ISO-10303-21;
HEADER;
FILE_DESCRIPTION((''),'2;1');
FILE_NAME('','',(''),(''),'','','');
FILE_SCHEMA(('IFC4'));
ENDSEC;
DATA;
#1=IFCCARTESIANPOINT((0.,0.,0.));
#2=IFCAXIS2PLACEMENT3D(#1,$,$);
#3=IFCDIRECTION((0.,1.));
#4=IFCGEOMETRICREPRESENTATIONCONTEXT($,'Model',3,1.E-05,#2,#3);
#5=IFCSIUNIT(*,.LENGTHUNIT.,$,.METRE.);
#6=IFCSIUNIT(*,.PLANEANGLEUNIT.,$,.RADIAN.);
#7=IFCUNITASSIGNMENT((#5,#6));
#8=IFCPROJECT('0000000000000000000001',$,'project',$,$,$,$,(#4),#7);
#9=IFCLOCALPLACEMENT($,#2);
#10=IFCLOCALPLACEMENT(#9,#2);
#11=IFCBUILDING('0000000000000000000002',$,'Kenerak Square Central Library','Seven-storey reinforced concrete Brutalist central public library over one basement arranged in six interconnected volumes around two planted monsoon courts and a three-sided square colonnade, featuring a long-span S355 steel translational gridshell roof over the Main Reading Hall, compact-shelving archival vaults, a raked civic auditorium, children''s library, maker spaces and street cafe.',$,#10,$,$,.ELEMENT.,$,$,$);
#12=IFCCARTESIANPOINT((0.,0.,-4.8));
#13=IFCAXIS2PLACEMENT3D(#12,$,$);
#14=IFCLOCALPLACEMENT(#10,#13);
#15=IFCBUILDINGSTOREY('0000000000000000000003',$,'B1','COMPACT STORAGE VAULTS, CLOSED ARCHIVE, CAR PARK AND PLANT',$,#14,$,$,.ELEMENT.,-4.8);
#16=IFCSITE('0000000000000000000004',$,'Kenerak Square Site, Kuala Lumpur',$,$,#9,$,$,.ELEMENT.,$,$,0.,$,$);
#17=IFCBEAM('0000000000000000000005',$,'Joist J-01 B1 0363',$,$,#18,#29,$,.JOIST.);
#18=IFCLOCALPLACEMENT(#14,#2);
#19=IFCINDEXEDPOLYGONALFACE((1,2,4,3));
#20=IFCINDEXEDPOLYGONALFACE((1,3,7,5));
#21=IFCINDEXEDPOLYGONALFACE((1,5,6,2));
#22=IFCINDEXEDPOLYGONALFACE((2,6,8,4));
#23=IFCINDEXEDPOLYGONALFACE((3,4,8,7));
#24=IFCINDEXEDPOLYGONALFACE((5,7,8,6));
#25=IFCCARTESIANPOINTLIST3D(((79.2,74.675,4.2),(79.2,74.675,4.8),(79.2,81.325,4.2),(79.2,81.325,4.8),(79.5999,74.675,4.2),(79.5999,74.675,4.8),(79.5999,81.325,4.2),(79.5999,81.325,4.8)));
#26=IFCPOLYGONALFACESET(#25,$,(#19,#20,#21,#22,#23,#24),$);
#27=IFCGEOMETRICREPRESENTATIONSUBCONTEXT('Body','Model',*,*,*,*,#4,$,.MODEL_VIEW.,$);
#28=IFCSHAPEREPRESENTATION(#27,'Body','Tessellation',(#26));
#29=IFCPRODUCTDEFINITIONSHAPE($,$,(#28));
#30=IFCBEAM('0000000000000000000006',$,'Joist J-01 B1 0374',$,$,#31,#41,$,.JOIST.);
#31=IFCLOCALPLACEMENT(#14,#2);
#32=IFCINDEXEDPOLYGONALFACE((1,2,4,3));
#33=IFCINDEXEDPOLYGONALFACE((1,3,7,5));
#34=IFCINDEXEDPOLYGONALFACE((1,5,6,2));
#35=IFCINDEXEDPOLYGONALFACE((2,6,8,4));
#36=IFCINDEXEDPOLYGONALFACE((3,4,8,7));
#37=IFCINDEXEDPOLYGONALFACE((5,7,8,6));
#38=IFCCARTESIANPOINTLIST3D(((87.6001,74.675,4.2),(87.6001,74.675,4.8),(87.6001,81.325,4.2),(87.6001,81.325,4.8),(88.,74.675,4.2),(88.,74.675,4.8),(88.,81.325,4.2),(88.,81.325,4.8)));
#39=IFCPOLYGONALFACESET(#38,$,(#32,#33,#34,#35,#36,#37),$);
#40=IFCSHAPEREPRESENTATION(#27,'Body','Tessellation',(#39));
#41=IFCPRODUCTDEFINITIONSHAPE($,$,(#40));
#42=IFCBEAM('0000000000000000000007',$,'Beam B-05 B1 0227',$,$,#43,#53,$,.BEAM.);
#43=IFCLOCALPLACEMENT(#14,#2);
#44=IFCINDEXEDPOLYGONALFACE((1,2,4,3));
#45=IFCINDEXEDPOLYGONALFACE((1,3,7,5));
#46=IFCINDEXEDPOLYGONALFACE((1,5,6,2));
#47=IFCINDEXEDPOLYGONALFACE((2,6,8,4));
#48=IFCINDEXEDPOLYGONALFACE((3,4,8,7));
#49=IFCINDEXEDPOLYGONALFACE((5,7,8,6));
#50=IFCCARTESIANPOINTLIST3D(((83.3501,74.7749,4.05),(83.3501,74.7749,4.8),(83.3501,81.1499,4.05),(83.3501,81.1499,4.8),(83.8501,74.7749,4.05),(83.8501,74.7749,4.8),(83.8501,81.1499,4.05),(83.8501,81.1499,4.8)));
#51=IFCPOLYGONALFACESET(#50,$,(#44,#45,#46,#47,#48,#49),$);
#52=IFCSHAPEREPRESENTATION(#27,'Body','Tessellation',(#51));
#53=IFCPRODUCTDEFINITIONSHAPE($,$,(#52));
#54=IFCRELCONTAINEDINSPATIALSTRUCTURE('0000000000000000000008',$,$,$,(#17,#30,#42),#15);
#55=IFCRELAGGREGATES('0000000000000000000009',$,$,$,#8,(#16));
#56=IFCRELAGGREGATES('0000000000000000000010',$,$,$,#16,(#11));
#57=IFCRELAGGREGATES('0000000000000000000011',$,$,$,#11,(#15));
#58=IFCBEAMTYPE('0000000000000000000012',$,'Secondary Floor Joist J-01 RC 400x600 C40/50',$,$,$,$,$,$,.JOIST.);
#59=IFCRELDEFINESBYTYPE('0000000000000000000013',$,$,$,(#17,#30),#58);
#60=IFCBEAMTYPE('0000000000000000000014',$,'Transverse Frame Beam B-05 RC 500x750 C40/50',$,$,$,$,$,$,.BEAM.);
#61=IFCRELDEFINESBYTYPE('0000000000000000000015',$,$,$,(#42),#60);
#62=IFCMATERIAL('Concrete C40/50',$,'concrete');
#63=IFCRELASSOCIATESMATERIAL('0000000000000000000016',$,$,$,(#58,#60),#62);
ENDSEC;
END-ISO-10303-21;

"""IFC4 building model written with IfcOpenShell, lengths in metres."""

from ifc_helpers import new_model, si_unit, direction, frame, origin, origin_2d, place, context, subcontext, project, spatial, rectangle, extrude, material, material_profile, profile_set, type_object, element, save


model = new_model("IFC4")

# Units and contexts
model_context = context("Model", 3, precision=1e-05, world=origin(), true_north=direction((0.0, 1.0)))
body_context = subcontext(model_context, "Body", "Model", "MODEL_VIEW")
ifc_project = project(units=[si_unit("LENGTHUNIT", "METRE"), si_unit("PLANEANGLEUNIT", "RADIAN")], contexts=[model_context])

# Site, building, storey
site_placement = place(None, origin())
site = spatial("IfcSite", under=ifc_project, at=site_placement, Name="Kenerak Square Site, Kuala Lumpur", CompositionType="ELEMENT", RefElevation=0.0)
building_placement = place(site_placement, origin())
building = spatial("IfcBuilding", under=site, at=building_placement, Name="Kenerak Square Central Library", Description="Seven-storey reinforced concrete Brutalist central public library over one basement arranged in six interconnected volumes around two planted monsoon courts and a three-sided square colonnade, featuring a long-span S355 steel translational gridshell roof over the Main Reading Hall, compact-shelving archival vaults, a raked civic auditorium, children's library, maker spaces and street cafe.", CompositionType="ELEMENT")
storey_placement = place(building_placement, frame((0.0, 0.0, -4.8)))
storey = spatial("IfcBuildingStorey", under=building, at=storey_placement, Name="B1", Description="COMPACT STORAGE VAULTS, CLOSED ARCHIVE, CAR PARK AND PLANT", CompositionType="ELEMENT", Elevation=-4.8)

# Shared definitions
ifc_material = material(Name="Concrete C40/50", Category="concrete")

# Beams
ifc_material_profile_1 = material_profile(ifc_material, rectangle(XDim=0.3999, YDim=0.6001, at=origin_2d()), Name="RC 400x600")
ifc_profile_set_1 = profile_set([ifc_material_profile_1], Name="Concrete C40/50")
beam_type_1 = type_object("IfcBeamType", Name="Secondary Floor Joist J-01 RC 400x600 C40/50", PredefinedType="JOIST", material=ifc_profile_set_1)
for number, where, z_axis, x_axis, name in (
    (1, (79.3999, 74.675, 4.5), (0.0, 1.0, 0.0), (-1.0, 0.0, 0.0), "Joist J-01 B1 0363"),
    (2, (87.8, 74.675, 4.5), (0.0, 1.0, 0.0), (-1.0, 0.0, 0.0), "Joist J-01 B1 0374"),
):
    element("IfcBeam", number, at=place(storey_placement, frame(where, z_axis=z_axis, x_axis=x_axis)), inside=storey, type_object=beam_type_1, Name=name, PredefinedType="JOIST", context=body_context, shape_type="SweptSolid", body=[
        extrude(rectangle(XDim=0.3999, YDim=0.6001, at=origin_2d()), origin(), (0.0, 0.0, 1.0), 6.6499),
    ])
ifc_material_profile_2 = material_profile(ifc_material, rectangle(XDim=0.5, YDim=0.75, at=origin_2d()), Name="RC 500x750")
ifc_profile_set_2 = profile_set([ifc_material_profile_2], Name="Concrete C40/50")
beam_type_2 = type_object("IfcBeamType", Name="Transverse Frame Beam B-05 RC 500x750 C40/50", PredefinedType="BEAM", material=ifc_profile_set_2)
beam_1_placement = place(storey_placement, frame((83.6001, 74.7749, 4.425), z_axis=(0.0, 1.0, 0.0), x_axis=(-1.0, 0.0, 0.0)))
element("IfcBeam", 3, at=beam_1_placement, inside=storey, type_object=beam_type_2, Name="Beam B-05 B1 0227", PredefinedType="BEAM", context=body_context, shape_type="SweptSolid", body=[
    extrude(rectangle(XDim=0.5, YDim=0.75, at=origin_2d()), origin(), (0.0, 0.0, 1.0), 6.375),
])

save(model, "model.ifc")
